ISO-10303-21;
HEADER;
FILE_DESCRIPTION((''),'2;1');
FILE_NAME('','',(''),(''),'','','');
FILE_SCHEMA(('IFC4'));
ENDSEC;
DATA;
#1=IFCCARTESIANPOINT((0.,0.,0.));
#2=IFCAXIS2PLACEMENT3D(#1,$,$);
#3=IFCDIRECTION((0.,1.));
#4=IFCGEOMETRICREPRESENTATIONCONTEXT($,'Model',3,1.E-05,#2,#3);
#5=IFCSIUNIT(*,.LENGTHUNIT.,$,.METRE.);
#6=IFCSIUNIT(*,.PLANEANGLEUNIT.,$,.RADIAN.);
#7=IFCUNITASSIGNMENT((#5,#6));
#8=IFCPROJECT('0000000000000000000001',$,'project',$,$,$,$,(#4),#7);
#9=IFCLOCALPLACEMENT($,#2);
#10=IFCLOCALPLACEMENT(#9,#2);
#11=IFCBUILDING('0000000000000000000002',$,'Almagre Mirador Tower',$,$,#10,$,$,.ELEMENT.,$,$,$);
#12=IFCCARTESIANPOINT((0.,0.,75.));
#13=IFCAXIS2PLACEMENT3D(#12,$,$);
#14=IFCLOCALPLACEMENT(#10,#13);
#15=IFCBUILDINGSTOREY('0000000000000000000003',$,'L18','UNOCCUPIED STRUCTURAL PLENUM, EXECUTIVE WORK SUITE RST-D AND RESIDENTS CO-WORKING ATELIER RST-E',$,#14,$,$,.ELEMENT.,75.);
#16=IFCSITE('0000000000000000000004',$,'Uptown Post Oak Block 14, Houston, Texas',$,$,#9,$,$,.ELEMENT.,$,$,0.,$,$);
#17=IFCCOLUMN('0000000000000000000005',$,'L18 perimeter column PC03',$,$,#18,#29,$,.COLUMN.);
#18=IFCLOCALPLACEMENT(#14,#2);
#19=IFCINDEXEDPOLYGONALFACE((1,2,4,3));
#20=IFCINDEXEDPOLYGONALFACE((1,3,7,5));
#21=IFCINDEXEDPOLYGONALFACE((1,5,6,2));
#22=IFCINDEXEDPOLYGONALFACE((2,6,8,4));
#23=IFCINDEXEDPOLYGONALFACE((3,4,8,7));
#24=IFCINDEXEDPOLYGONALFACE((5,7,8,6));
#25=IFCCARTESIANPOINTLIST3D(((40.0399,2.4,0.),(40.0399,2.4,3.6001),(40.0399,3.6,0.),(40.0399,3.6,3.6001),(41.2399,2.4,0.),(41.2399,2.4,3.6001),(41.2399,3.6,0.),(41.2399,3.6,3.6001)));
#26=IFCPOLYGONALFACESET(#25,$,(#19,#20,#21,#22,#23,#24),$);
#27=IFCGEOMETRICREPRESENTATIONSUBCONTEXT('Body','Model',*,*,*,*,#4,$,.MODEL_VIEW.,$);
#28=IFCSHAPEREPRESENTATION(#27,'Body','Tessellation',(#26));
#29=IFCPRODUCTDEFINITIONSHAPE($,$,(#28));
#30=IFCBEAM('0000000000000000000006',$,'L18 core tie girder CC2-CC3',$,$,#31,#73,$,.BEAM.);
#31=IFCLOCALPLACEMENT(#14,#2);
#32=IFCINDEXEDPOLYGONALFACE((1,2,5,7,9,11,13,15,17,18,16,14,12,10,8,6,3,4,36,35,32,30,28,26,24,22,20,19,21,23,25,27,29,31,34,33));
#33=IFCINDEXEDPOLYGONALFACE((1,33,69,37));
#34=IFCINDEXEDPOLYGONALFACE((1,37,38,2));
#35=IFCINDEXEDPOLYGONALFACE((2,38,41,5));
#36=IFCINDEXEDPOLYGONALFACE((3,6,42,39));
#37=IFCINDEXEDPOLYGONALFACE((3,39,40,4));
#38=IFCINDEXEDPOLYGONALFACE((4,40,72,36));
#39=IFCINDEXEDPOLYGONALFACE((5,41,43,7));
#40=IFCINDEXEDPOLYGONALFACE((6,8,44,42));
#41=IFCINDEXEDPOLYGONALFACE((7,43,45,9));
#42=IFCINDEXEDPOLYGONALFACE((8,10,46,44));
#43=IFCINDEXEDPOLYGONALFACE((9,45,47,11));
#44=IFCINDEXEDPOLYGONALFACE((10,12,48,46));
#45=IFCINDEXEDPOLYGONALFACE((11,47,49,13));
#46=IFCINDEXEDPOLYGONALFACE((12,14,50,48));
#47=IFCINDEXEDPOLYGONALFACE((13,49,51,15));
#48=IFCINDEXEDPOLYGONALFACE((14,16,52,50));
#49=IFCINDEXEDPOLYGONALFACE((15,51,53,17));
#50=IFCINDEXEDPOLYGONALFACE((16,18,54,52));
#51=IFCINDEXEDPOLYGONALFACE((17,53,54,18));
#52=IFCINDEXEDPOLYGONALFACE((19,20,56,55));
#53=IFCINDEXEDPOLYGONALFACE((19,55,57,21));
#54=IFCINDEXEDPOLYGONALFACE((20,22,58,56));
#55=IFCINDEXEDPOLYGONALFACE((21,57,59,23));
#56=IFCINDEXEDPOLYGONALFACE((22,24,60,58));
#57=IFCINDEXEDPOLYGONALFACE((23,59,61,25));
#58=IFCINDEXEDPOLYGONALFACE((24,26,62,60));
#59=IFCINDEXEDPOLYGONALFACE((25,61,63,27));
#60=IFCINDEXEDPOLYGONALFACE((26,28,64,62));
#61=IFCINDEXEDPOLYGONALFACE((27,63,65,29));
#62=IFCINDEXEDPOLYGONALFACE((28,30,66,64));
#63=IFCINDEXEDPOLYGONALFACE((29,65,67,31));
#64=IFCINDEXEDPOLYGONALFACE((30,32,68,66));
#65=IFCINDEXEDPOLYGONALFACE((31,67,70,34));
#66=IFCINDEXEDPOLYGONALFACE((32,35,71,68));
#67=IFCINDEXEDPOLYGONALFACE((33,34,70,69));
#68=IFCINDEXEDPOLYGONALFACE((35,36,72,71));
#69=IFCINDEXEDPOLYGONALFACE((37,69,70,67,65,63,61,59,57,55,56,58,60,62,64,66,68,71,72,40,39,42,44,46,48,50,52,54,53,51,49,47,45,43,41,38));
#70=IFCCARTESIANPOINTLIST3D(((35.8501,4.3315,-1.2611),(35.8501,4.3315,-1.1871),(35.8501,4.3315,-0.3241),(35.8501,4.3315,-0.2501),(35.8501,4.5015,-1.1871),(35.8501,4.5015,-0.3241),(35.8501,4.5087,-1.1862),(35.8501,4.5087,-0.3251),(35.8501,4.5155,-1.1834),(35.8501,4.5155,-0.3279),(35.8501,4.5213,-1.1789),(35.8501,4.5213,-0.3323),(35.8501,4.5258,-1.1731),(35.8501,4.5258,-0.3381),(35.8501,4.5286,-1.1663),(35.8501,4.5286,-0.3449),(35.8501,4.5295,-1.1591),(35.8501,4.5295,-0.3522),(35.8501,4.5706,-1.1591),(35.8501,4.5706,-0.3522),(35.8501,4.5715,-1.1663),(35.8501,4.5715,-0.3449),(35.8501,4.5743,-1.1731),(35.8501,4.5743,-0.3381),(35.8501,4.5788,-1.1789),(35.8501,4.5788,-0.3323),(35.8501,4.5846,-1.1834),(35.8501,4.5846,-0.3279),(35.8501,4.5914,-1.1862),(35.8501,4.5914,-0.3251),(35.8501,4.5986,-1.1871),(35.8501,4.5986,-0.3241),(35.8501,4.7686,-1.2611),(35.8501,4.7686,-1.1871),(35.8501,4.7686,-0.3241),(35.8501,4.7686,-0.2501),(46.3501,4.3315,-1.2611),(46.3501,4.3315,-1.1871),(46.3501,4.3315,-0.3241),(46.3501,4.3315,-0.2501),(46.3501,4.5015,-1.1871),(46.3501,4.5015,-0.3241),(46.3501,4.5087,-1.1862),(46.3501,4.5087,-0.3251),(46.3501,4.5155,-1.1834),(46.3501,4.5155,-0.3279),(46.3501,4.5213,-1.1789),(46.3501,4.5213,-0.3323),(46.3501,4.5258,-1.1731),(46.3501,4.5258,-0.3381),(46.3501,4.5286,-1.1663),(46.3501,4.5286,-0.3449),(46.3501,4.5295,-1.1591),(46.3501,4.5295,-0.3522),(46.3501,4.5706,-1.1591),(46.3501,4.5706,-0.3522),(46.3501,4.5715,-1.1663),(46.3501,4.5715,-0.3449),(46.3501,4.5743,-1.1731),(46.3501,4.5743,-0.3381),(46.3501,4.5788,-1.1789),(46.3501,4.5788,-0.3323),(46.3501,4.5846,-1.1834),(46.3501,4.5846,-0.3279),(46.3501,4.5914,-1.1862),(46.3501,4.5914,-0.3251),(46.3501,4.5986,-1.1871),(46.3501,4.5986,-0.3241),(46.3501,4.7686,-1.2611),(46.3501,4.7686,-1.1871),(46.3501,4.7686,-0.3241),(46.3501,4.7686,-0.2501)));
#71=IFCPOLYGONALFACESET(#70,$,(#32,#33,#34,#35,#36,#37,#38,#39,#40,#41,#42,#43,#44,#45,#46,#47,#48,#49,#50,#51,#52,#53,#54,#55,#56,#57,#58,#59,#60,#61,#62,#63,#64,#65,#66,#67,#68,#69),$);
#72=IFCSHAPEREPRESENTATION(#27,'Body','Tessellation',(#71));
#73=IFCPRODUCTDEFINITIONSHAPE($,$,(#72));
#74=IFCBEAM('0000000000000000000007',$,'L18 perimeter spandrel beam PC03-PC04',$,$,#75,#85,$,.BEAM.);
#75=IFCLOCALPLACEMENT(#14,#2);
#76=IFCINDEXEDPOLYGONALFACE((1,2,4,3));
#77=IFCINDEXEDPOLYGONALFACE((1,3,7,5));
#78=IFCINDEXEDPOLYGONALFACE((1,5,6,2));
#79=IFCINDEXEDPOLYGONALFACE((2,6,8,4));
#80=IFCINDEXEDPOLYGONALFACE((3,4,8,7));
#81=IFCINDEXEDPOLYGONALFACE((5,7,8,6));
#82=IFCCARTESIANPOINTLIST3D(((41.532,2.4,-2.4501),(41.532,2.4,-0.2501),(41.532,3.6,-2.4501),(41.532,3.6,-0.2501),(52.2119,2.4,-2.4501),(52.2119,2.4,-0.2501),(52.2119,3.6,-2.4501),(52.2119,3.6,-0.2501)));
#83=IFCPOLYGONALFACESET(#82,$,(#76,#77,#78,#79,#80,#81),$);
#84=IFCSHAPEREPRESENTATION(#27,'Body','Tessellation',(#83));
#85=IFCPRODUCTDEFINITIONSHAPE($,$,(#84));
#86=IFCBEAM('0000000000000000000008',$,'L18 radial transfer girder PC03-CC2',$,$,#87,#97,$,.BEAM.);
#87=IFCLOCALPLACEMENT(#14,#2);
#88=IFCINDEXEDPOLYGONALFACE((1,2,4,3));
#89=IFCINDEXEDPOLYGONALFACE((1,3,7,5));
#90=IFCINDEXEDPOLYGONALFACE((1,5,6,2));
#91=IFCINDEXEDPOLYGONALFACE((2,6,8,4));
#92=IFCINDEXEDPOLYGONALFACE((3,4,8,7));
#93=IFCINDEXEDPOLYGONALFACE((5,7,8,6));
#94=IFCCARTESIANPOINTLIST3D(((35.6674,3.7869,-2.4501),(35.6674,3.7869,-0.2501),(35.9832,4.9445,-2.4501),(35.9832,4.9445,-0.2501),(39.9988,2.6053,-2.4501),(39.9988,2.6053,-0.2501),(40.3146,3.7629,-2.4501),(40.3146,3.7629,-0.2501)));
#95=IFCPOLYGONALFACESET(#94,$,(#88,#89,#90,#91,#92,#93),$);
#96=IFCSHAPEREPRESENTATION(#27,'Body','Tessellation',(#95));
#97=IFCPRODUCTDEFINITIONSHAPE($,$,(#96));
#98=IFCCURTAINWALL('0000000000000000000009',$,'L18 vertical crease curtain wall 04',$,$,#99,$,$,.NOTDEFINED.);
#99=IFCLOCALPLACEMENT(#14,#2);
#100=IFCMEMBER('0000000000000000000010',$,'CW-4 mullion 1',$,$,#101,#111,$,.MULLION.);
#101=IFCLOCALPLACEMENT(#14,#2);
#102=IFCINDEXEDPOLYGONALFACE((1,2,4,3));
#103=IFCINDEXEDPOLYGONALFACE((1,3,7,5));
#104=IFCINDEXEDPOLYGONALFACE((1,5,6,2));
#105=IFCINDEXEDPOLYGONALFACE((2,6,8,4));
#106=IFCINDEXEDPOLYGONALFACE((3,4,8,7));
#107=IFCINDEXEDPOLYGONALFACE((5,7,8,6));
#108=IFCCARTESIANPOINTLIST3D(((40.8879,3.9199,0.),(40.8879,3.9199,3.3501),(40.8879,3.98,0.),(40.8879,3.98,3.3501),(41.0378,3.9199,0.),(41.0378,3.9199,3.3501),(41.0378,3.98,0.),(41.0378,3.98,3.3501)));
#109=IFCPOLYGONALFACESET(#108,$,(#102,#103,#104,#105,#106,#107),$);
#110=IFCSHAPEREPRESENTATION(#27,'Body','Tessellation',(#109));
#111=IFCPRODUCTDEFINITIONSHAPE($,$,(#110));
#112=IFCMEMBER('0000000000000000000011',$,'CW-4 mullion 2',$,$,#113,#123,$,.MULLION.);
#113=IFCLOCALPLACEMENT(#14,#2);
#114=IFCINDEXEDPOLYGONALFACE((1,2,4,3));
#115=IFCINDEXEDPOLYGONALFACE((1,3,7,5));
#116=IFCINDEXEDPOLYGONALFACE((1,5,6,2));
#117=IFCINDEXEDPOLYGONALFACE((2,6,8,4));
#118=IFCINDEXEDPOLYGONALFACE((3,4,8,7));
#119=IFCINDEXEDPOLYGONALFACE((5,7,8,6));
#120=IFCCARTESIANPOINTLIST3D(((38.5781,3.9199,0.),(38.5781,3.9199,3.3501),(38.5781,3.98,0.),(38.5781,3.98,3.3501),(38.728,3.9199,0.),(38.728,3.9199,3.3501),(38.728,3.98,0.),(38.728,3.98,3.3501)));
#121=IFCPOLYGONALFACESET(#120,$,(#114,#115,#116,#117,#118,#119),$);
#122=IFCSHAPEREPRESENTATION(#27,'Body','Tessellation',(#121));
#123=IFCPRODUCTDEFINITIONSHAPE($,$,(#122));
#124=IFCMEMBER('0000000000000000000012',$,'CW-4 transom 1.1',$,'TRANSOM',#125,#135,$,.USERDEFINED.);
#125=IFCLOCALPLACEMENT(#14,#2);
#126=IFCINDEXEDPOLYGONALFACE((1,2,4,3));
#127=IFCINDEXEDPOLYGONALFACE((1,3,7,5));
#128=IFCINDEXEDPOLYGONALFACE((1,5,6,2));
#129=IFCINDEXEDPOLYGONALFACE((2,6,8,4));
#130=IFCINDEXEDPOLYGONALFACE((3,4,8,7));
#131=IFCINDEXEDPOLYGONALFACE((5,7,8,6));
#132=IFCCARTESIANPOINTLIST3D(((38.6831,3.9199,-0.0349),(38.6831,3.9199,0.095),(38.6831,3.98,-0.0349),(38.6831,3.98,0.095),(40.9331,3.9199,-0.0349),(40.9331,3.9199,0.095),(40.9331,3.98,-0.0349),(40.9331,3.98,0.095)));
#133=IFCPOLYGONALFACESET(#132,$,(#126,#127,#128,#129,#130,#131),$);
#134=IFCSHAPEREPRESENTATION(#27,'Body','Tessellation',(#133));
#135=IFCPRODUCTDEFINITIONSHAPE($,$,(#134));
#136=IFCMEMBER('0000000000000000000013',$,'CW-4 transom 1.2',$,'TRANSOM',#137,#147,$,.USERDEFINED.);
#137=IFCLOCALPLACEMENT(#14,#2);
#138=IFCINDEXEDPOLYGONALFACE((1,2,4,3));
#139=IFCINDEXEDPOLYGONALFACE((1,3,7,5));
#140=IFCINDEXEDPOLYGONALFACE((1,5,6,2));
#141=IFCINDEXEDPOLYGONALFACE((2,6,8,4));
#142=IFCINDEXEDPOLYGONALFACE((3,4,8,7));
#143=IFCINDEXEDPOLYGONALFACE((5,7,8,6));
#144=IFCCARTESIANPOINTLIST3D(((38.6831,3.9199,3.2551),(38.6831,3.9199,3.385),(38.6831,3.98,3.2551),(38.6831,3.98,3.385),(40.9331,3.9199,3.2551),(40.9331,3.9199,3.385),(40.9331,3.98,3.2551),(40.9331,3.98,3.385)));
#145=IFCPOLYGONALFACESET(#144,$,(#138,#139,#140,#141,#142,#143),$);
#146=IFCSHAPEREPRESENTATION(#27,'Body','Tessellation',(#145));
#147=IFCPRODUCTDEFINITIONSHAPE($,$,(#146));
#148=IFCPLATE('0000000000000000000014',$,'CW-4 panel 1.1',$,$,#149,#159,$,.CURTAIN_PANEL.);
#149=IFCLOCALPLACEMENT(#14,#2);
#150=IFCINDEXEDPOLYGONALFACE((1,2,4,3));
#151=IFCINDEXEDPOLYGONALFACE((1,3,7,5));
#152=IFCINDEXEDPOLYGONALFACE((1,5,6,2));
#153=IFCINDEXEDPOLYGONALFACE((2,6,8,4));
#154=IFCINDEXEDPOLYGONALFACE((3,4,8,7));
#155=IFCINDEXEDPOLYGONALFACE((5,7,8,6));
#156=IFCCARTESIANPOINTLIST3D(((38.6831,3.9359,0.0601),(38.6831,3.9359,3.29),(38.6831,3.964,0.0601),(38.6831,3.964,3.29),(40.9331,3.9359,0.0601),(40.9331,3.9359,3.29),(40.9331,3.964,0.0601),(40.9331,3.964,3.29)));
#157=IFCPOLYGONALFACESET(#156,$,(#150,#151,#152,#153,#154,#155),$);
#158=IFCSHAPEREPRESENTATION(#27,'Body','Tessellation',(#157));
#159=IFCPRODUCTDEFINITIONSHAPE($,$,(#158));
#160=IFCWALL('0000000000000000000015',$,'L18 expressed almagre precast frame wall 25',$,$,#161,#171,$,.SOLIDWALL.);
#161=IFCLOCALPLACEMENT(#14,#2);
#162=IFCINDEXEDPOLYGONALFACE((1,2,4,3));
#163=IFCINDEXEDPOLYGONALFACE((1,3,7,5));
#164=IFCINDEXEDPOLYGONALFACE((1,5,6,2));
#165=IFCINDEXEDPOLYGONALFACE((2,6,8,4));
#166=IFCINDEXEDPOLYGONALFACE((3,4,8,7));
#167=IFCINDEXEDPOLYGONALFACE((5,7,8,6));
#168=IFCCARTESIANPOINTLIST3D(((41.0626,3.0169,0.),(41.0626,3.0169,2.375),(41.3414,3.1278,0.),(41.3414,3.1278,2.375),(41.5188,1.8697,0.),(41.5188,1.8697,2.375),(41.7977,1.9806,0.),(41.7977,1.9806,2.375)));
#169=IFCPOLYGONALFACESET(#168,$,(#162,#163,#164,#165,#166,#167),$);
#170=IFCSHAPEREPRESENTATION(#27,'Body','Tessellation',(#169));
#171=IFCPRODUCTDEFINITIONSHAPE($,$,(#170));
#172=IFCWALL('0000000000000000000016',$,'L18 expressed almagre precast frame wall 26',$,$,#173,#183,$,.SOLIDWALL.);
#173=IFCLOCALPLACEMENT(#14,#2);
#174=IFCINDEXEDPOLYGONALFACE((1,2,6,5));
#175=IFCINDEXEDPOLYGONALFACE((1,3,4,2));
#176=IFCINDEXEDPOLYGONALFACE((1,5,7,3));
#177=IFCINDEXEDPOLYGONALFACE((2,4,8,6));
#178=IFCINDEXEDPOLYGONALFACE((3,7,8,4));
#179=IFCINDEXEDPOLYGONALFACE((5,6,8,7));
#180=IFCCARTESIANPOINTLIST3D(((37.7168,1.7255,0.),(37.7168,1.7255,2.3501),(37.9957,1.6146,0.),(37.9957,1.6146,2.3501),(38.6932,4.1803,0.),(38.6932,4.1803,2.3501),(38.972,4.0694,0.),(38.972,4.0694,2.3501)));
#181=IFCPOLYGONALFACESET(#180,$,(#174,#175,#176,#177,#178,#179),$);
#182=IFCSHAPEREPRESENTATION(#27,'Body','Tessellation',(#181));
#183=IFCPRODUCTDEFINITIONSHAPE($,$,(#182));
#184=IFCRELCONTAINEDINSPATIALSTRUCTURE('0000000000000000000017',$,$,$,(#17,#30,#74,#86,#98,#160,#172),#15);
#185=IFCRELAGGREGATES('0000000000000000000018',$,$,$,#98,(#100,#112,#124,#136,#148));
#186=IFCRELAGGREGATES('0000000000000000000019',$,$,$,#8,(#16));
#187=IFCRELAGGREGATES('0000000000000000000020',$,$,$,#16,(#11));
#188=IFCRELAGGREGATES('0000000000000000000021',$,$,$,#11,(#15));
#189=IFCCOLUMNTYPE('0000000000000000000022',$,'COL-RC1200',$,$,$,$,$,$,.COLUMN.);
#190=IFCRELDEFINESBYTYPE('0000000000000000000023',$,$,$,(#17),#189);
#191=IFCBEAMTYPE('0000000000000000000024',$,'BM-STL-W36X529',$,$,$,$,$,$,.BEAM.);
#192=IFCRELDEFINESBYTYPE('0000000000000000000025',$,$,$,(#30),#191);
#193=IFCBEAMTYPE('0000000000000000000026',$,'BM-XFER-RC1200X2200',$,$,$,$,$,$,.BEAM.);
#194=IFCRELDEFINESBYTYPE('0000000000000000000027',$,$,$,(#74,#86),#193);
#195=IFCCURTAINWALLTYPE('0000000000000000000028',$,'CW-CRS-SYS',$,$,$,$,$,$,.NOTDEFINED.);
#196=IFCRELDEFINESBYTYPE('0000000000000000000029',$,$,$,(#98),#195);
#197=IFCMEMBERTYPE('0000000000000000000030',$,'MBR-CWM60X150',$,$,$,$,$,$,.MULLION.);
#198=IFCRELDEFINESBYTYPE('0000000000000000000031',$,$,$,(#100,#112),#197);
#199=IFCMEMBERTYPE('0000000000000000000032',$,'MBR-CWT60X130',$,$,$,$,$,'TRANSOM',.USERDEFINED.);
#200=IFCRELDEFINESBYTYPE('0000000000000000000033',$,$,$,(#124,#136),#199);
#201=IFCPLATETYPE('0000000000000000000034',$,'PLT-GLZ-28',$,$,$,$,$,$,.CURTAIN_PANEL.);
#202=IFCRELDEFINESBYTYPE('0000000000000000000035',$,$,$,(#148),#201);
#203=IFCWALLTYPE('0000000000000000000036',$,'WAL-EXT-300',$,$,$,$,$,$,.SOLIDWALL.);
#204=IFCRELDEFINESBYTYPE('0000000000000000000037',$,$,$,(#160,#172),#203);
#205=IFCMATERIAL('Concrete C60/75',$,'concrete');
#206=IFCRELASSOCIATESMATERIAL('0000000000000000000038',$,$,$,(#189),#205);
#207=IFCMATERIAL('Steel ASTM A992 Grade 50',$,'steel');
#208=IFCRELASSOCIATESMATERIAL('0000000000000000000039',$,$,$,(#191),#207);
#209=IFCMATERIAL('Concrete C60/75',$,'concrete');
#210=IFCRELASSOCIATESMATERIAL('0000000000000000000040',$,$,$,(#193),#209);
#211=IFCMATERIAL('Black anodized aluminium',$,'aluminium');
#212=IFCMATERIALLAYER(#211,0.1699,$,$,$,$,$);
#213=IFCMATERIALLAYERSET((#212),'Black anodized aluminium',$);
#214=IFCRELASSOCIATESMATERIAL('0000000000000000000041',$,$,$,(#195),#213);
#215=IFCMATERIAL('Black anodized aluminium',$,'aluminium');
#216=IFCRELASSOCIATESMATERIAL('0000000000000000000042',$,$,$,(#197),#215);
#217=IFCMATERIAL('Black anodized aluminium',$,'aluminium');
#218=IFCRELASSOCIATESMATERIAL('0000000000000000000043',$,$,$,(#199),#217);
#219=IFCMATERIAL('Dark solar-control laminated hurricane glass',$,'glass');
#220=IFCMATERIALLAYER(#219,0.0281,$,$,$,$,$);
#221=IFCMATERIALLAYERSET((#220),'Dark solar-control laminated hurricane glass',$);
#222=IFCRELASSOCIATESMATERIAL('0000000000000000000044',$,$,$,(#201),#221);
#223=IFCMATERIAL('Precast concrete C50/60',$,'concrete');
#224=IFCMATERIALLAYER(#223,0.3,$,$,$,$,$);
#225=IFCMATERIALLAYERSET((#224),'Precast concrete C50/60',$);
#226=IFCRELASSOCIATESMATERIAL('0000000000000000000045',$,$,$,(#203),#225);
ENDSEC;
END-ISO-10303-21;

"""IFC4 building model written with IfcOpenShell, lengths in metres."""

from ifc_helpers import new_model, si_unit, direction, frame, frame_2d, origin, origin_2d, place, context, subcontext, project, spatial, rectangle, i_section, extrude, material, layer, layer_set, material_profile, profile_set, type_object, element, aggregate, save


model = new_model("IFC4")

# Units and contexts
model_context = context("Model", 3, precision=1e-05, world=origin(), true_north=direction((0.0, 1.0)))
body_context = subcontext(model_context, "Body", "Model", "MODEL_VIEW")
ifc_project = project(units=[si_unit("LENGTHUNIT", "METRE"), si_unit("PLANEANGLEUNIT", "RADIAN")], contexts=[model_context])

# Site, building, storey
site_placement = place(None, origin())
site = spatial("IfcSite", under=ifc_project, at=site_placement, Name="Uptown Post Oak Block 14, Houston, Texas", CompositionType="ELEMENT", RefElevation=0.0)
building_placement = place(site_placement, origin())
building = spatial("IfcBuilding", under=site, at=building_placement, Name="Almagre Mirador Tower", CompositionType="ELEMENT")
storey_placement = place(building_placement, frame((0.0, 0.0, 75.0)))
storey = spatial("IfcBuildingStorey", under=building, at=storey_placement, Name="L18", Description="UNOCCUPIED STRUCTURAL PLENUM, EXECUTIVE WORK SUITE RST-D AND RESIDENTS CO-WORKING ATELIER RST-E", CompositionType="ELEMENT", Elevation=75.0)

# Column
ifc_material_1 = material(Name="Concrete C60/75", Category="concrete")
ifc_material_profile_1 = material_profile(ifc_material_1, rectangle(XDim=1.2, YDim=1.2, at=origin_2d()), Name="RC1200X1200")
ifc_profile_set_1 = profile_set([ifc_material_profile_1], Name="Concrete C60/75")
column_type = type_object("IfcColumnType", Name="COL-RC1200", PredefinedType="COLUMN", material=ifc_profile_set_1)
column_placement = place(storey_placement, frame((40.6399, 3.0, 0.0), z_axis=(0.0, 0.0, 1.0), x_axis=(1.0, 0.0, 0.0)))
element("IfcColumn", 1, at=column_placement, inside=storey, type_object=column_type, Name="L18 perimeter column PC03", PredefinedType="COLUMN", context=body_context, shape_type="SweptSolid", body=[
    extrude(rectangle(XDim=1.2, YDim=1.2, at=origin_2d()), origin(), (0.0, 0.0, 1.0), 3.6001),
])

# Beams
ifc_material_2 = material(Name="Steel ASTM A992 Grade 50", Category="steel")
ifc_material_profile_2 = material_profile(ifc_material_2, i_section(OverallWidth=0.437, OverallDepth=1.011, WebThickness=0.041, FlangeThickness=0.074, FilletRadius=0.0281, at=origin_2d()), Name="W36X529")
ifc_profile_set_2 = profile_set([ifc_material_profile_2], Name="Steel ASTM A992 Grade 50")
beam_type_1 = type_object("IfcBeamType", Name="BM-STL-W36X529", PredefinedType="BEAM", material=ifc_profile_set_2)
beam_1_placement = place(storey_placement, frame((35.8501, 4.55, -0.7556), z_axis=(1.0, 0.0, 0.0), x_axis=(0.0, 1.0, 0.0)))
element("IfcBeam", 2, at=beam_1_placement, inside=storey, type_object=beam_type_1, Name="L18 core tie girder CC2-CC3", PredefinedType="BEAM", context=body_context, shape_type="SweptSolid", body=[
    extrude(i_section(OverallWidth=0.437, OverallDepth=1.011, WebThickness=0.041, FlangeThickness=0.074, FilletRadius=0.0281, at=origin_2d()), origin(), (0.0, 0.0, 1.0), 10.5),
])
ifc_material_3 = material(Name="Concrete C60/75", Category="concrete")
ifc_material_profile_3 = material_profile(ifc_material_3, rectangle(XDim=1.2, YDim=2.2, at=origin_2d()), Name="RC1200X2200")
ifc_profile_set_3 = profile_set([ifc_material_profile_3], Name="Concrete C60/75")
beam_type_2 = type_object("IfcBeamType", Name="BM-XFER-RC1200X2200", PredefinedType="BEAM", material=ifc_profile_set_3)
beam_2_placement = place(storey_placement, frame((41.532, 3.0, -1.3501), z_axis=(1.0, 0.0, 0.0), x_axis=(0.0, 1.0, 0.0)))
element("IfcBeam", 3, at=beam_2_placement, inside=storey, type_object=beam_type_2, Name="L18 perimeter spandrel beam PC03-PC04", PredefinedType="BEAM", context=body_context, shape_type="SweptSolid", body=[
    extrude(rectangle(XDim=1.2, YDim=2.2, at=origin_2d()), origin(), (0.0, 0.0, 1.0), 10.6799),
])
beam_3_placement = place(storey_placement, frame((40.1567, 3.1841, -1.3501), z_axis=(-0.964746, 0.263182, 0.0), x_axis=(-0.263182, -0.964746, 0.0)))
element("IfcBeam", 4, at=beam_3_placement, inside=storey, type_object=beam_type_2, Name="L18 radial transfer girder PC03-CC2", PredefinedType="BEAM", context=body_context, shape_type="SweptSolid", body=[
    extrude(rectangle(XDim=1.2, YDim=2.2, at=origin_2d()), origin(), (0.0, 0.0, 1.0), 4.4897),
])

# Curtain wall, members, plate
ifc_material_4 = material(Name="Black anodized aluminium", Category="aluminium")
ifc_layer_1 = layer(ifc_material_4, 0.1699)
ifc_layer_set_1 = layer_set([ifc_layer_1], Name="Black anodized aluminium")
curtain_wall_type = type_object("IfcCurtainWallType", Name="CW-CRS-SYS", PredefinedType="NOTDEFINED", material=ifc_layer_set_1)
curtain_wall_placement = place(storey_placement, origin())
curtain_wall = element("IfcCurtainWall", 5, at=curtain_wall_placement, inside=storey, type_object=curtain_wall_type, Name="L18 vertical crease curtain wall 04", PredefinedType="NOTDEFINED")
ifc_material_5 = material(Name="Black anodized aluminium", Category="aluminium")
ifc_material_profile_4 = material_profile(ifc_material_5, rectangle(XDim=0.0601, YDim=0.1499, at=origin_2d()), Name="CWM60X150")
ifc_profile_set_4 = profile_set([ifc_material_profile_4], Name="Black anodized aluminium")
member_type_1 = type_object("IfcMemberType", Name="MBR-CWM60X150", PredefinedType="MULLION", material=ifc_profile_set_4)
member_1_placement = place(storey_placement, frame((40.9629, 3.95, 0.0), z_axis=(0.0, 0.0, 1.0), x_axis=(0.0, -1.0, 0.0)))
member_1 = element("IfcMember", 6, at=member_1_placement, type_object=member_type_1, Name="CW-4 mullion 1", PredefinedType="MULLION", context=body_context, shape_type="SweptSolid", body=[
    extrude(rectangle(XDim=0.0601, YDim=0.1499, at=origin_2d()), origin(), (0.0, 0.0, 1.0), 3.3501),
])
member_2_placement = place(storey_placement, frame((38.6531, 3.95, 0.0), z_axis=(0.0, 0.0, 1.0), x_axis=(0.0, -1.0, 0.0)))
member_2 = element("IfcMember", 7, at=member_2_placement, type_object=member_type_1, Name="CW-4 mullion 2", PredefinedType="MULLION", context=body_context, shape_type="SweptSolid", body=[
    extrude(rectangle(XDim=0.0601, YDim=0.1499, at=origin_2d()), origin(), (0.0, 0.0, 1.0), 3.3501),
])
ifc_material_6 = material(Name="Black anodized aluminium", Category="aluminium")
ifc_material_profile_5 = material_profile(ifc_material_6, rectangle(XDim=0.0601, YDim=0.1299, at=origin_2d()), Name="CWT60X130")
ifc_profile_set_5 = profile_set([ifc_material_profile_5], Name="Black anodized aluminium")
member_type_2 = type_object("IfcMemberType", Name="MBR-CWT60X130", ElementType="TRANSOM", PredefinedType="USERDEFINED", material=ifc_profile_set_5)
member_3_placement = place(storey_placement, frame((40.9331, 3.95, 0.03), z_axis=(-1.0, 0.0, 0.0), x_axis=(0.0, -1.0, 0.0)))
member_3 = element("IfcMember", 8, at=member_3_placement, type_object=member_type_2, Name="CW-4 transom 1.1", ObjectType="TRANSOM", PredefinedType="USERDEFINED", context=body_context, shape_type="SweptSolid", body=[
    extrude(rectangle(XDim=0.0601, YDim=0.1299, at=origin_2d()), origin(), (0.0, 0.0, 1.0), 2.25),
])
member_4_placement = place(storey_placement, frame((40.9331, 3.95, 3.3201), z_axis=(-1.0, 0.0, 0.0), x_axis=(0.0, -1.0, 0.0)))
member_4 = element("IfcMember", 9, at=member_4_placement, type_object=member_type_2, Name="CW-4 transom 1.2", ObjectType="TRANSOM", PredefinedType="USERDEFINED", context=body_context, shape_type="SweptSolid", body=[
    extrude(rectangle(XDim=0.0601, YDim=0.1299, at=origin_2d()), origin(), (0.0, 0.0, 1.0), 2.25),
])
ifc_material_7 = material(Name="Dark solar-control laminated hurricane glass", Category="glass")
ifc_layer_2 = layer(ifc_material_7, 0.0281)
ifc_layer_set_2 = layer_set([ifc_layer_2], Name="Dark solar-control laminated hurricane glass")
plate_type = type_object("IfcPlateType", Name="PLT-GLZ-28", PredefinedType="CURTAIN_PANEL", material=ifc_layer_set_2)
plate_placement = place(storey_placement, frame((39.8081, 3.95, 0.0601), z_axis=(0.0, 0.0, 1.0), x_axis=(-1.0, 0.0, 0.0)))
plate = element("IfcPlate", 10, at=plate_placement, type_object=plate_type, Name="CW-4 panel 1.1", PredefinedType="CURTAIN_PANEL", context=body_context, shape_type="SweptSolid", body=[
    extrude(rectangle(XDim=2.25, YDim=0.0281, at=origin_2d()), origin(), (0.0, 0.0, 1.0), 3.23),
])
aggregate(curtain_wall, [member_1, member_2, member_3, member_4, plate])

# Walls
ifc_material_8 = material(Name="Precast concrete C50/60", Category="concrete")
ifc_layer_3 = layer(ifc_material_8, 0.3)
ifc_layer_set_3 = layer_set([ifc_layer_3], Name="Precast concrete C50/60")
wall_type_1 = type_object("IfcWallType", Name="WAL-EXT-300", PredefinedType="SOLIDWALL", material=ifc_layer_set_3)
wall_1_placement = place(storey_placement, frame((41.6582, 1.9253, 0.0), z_axis=(0.0, 0.0, 1.0), x_axis=(-0.369583, 0.929198, 0.0)))
element("IfcWall", 11, at=wall_1_placement, inside=storey, type_object=wall_type_1, Name="L18 expressed almagre precast frame wall 25", PredefinedType="SOLIDWALL", context=body_context, shape_type="SweptSolid", body=[
    extrude(rectangle(XDim=1.2346, YDim=0.3, at=frame_2d((0.6172, 0.0))), origin(), (0.0, 0.0, 1.0), 2.375),
])
wall_2_placement = place(storey_placement, frame((38.8325, 4.1248, 0.0), z_axis=(0.0, 0.0, 1.0), x_axis=(-0.369558, -0.929208, 0.0)))
element("IfcWall", 12, at=wall_2_placement, inside=storey, type_object=wall_type_1, Name="L18 expressed almagre precast frame wall 26", PredefinedType="SOLIDWALL", context=body_context, shape_type="SweptSolid", body=[
    extrude(rectangle(XDim=2.6418, YDim=0.3, at=frame_2d((1.3208, 0.0))), origin(), (0.0, 0.0, 1.0), 2.3501),
])

save(model, "model.ifc")
